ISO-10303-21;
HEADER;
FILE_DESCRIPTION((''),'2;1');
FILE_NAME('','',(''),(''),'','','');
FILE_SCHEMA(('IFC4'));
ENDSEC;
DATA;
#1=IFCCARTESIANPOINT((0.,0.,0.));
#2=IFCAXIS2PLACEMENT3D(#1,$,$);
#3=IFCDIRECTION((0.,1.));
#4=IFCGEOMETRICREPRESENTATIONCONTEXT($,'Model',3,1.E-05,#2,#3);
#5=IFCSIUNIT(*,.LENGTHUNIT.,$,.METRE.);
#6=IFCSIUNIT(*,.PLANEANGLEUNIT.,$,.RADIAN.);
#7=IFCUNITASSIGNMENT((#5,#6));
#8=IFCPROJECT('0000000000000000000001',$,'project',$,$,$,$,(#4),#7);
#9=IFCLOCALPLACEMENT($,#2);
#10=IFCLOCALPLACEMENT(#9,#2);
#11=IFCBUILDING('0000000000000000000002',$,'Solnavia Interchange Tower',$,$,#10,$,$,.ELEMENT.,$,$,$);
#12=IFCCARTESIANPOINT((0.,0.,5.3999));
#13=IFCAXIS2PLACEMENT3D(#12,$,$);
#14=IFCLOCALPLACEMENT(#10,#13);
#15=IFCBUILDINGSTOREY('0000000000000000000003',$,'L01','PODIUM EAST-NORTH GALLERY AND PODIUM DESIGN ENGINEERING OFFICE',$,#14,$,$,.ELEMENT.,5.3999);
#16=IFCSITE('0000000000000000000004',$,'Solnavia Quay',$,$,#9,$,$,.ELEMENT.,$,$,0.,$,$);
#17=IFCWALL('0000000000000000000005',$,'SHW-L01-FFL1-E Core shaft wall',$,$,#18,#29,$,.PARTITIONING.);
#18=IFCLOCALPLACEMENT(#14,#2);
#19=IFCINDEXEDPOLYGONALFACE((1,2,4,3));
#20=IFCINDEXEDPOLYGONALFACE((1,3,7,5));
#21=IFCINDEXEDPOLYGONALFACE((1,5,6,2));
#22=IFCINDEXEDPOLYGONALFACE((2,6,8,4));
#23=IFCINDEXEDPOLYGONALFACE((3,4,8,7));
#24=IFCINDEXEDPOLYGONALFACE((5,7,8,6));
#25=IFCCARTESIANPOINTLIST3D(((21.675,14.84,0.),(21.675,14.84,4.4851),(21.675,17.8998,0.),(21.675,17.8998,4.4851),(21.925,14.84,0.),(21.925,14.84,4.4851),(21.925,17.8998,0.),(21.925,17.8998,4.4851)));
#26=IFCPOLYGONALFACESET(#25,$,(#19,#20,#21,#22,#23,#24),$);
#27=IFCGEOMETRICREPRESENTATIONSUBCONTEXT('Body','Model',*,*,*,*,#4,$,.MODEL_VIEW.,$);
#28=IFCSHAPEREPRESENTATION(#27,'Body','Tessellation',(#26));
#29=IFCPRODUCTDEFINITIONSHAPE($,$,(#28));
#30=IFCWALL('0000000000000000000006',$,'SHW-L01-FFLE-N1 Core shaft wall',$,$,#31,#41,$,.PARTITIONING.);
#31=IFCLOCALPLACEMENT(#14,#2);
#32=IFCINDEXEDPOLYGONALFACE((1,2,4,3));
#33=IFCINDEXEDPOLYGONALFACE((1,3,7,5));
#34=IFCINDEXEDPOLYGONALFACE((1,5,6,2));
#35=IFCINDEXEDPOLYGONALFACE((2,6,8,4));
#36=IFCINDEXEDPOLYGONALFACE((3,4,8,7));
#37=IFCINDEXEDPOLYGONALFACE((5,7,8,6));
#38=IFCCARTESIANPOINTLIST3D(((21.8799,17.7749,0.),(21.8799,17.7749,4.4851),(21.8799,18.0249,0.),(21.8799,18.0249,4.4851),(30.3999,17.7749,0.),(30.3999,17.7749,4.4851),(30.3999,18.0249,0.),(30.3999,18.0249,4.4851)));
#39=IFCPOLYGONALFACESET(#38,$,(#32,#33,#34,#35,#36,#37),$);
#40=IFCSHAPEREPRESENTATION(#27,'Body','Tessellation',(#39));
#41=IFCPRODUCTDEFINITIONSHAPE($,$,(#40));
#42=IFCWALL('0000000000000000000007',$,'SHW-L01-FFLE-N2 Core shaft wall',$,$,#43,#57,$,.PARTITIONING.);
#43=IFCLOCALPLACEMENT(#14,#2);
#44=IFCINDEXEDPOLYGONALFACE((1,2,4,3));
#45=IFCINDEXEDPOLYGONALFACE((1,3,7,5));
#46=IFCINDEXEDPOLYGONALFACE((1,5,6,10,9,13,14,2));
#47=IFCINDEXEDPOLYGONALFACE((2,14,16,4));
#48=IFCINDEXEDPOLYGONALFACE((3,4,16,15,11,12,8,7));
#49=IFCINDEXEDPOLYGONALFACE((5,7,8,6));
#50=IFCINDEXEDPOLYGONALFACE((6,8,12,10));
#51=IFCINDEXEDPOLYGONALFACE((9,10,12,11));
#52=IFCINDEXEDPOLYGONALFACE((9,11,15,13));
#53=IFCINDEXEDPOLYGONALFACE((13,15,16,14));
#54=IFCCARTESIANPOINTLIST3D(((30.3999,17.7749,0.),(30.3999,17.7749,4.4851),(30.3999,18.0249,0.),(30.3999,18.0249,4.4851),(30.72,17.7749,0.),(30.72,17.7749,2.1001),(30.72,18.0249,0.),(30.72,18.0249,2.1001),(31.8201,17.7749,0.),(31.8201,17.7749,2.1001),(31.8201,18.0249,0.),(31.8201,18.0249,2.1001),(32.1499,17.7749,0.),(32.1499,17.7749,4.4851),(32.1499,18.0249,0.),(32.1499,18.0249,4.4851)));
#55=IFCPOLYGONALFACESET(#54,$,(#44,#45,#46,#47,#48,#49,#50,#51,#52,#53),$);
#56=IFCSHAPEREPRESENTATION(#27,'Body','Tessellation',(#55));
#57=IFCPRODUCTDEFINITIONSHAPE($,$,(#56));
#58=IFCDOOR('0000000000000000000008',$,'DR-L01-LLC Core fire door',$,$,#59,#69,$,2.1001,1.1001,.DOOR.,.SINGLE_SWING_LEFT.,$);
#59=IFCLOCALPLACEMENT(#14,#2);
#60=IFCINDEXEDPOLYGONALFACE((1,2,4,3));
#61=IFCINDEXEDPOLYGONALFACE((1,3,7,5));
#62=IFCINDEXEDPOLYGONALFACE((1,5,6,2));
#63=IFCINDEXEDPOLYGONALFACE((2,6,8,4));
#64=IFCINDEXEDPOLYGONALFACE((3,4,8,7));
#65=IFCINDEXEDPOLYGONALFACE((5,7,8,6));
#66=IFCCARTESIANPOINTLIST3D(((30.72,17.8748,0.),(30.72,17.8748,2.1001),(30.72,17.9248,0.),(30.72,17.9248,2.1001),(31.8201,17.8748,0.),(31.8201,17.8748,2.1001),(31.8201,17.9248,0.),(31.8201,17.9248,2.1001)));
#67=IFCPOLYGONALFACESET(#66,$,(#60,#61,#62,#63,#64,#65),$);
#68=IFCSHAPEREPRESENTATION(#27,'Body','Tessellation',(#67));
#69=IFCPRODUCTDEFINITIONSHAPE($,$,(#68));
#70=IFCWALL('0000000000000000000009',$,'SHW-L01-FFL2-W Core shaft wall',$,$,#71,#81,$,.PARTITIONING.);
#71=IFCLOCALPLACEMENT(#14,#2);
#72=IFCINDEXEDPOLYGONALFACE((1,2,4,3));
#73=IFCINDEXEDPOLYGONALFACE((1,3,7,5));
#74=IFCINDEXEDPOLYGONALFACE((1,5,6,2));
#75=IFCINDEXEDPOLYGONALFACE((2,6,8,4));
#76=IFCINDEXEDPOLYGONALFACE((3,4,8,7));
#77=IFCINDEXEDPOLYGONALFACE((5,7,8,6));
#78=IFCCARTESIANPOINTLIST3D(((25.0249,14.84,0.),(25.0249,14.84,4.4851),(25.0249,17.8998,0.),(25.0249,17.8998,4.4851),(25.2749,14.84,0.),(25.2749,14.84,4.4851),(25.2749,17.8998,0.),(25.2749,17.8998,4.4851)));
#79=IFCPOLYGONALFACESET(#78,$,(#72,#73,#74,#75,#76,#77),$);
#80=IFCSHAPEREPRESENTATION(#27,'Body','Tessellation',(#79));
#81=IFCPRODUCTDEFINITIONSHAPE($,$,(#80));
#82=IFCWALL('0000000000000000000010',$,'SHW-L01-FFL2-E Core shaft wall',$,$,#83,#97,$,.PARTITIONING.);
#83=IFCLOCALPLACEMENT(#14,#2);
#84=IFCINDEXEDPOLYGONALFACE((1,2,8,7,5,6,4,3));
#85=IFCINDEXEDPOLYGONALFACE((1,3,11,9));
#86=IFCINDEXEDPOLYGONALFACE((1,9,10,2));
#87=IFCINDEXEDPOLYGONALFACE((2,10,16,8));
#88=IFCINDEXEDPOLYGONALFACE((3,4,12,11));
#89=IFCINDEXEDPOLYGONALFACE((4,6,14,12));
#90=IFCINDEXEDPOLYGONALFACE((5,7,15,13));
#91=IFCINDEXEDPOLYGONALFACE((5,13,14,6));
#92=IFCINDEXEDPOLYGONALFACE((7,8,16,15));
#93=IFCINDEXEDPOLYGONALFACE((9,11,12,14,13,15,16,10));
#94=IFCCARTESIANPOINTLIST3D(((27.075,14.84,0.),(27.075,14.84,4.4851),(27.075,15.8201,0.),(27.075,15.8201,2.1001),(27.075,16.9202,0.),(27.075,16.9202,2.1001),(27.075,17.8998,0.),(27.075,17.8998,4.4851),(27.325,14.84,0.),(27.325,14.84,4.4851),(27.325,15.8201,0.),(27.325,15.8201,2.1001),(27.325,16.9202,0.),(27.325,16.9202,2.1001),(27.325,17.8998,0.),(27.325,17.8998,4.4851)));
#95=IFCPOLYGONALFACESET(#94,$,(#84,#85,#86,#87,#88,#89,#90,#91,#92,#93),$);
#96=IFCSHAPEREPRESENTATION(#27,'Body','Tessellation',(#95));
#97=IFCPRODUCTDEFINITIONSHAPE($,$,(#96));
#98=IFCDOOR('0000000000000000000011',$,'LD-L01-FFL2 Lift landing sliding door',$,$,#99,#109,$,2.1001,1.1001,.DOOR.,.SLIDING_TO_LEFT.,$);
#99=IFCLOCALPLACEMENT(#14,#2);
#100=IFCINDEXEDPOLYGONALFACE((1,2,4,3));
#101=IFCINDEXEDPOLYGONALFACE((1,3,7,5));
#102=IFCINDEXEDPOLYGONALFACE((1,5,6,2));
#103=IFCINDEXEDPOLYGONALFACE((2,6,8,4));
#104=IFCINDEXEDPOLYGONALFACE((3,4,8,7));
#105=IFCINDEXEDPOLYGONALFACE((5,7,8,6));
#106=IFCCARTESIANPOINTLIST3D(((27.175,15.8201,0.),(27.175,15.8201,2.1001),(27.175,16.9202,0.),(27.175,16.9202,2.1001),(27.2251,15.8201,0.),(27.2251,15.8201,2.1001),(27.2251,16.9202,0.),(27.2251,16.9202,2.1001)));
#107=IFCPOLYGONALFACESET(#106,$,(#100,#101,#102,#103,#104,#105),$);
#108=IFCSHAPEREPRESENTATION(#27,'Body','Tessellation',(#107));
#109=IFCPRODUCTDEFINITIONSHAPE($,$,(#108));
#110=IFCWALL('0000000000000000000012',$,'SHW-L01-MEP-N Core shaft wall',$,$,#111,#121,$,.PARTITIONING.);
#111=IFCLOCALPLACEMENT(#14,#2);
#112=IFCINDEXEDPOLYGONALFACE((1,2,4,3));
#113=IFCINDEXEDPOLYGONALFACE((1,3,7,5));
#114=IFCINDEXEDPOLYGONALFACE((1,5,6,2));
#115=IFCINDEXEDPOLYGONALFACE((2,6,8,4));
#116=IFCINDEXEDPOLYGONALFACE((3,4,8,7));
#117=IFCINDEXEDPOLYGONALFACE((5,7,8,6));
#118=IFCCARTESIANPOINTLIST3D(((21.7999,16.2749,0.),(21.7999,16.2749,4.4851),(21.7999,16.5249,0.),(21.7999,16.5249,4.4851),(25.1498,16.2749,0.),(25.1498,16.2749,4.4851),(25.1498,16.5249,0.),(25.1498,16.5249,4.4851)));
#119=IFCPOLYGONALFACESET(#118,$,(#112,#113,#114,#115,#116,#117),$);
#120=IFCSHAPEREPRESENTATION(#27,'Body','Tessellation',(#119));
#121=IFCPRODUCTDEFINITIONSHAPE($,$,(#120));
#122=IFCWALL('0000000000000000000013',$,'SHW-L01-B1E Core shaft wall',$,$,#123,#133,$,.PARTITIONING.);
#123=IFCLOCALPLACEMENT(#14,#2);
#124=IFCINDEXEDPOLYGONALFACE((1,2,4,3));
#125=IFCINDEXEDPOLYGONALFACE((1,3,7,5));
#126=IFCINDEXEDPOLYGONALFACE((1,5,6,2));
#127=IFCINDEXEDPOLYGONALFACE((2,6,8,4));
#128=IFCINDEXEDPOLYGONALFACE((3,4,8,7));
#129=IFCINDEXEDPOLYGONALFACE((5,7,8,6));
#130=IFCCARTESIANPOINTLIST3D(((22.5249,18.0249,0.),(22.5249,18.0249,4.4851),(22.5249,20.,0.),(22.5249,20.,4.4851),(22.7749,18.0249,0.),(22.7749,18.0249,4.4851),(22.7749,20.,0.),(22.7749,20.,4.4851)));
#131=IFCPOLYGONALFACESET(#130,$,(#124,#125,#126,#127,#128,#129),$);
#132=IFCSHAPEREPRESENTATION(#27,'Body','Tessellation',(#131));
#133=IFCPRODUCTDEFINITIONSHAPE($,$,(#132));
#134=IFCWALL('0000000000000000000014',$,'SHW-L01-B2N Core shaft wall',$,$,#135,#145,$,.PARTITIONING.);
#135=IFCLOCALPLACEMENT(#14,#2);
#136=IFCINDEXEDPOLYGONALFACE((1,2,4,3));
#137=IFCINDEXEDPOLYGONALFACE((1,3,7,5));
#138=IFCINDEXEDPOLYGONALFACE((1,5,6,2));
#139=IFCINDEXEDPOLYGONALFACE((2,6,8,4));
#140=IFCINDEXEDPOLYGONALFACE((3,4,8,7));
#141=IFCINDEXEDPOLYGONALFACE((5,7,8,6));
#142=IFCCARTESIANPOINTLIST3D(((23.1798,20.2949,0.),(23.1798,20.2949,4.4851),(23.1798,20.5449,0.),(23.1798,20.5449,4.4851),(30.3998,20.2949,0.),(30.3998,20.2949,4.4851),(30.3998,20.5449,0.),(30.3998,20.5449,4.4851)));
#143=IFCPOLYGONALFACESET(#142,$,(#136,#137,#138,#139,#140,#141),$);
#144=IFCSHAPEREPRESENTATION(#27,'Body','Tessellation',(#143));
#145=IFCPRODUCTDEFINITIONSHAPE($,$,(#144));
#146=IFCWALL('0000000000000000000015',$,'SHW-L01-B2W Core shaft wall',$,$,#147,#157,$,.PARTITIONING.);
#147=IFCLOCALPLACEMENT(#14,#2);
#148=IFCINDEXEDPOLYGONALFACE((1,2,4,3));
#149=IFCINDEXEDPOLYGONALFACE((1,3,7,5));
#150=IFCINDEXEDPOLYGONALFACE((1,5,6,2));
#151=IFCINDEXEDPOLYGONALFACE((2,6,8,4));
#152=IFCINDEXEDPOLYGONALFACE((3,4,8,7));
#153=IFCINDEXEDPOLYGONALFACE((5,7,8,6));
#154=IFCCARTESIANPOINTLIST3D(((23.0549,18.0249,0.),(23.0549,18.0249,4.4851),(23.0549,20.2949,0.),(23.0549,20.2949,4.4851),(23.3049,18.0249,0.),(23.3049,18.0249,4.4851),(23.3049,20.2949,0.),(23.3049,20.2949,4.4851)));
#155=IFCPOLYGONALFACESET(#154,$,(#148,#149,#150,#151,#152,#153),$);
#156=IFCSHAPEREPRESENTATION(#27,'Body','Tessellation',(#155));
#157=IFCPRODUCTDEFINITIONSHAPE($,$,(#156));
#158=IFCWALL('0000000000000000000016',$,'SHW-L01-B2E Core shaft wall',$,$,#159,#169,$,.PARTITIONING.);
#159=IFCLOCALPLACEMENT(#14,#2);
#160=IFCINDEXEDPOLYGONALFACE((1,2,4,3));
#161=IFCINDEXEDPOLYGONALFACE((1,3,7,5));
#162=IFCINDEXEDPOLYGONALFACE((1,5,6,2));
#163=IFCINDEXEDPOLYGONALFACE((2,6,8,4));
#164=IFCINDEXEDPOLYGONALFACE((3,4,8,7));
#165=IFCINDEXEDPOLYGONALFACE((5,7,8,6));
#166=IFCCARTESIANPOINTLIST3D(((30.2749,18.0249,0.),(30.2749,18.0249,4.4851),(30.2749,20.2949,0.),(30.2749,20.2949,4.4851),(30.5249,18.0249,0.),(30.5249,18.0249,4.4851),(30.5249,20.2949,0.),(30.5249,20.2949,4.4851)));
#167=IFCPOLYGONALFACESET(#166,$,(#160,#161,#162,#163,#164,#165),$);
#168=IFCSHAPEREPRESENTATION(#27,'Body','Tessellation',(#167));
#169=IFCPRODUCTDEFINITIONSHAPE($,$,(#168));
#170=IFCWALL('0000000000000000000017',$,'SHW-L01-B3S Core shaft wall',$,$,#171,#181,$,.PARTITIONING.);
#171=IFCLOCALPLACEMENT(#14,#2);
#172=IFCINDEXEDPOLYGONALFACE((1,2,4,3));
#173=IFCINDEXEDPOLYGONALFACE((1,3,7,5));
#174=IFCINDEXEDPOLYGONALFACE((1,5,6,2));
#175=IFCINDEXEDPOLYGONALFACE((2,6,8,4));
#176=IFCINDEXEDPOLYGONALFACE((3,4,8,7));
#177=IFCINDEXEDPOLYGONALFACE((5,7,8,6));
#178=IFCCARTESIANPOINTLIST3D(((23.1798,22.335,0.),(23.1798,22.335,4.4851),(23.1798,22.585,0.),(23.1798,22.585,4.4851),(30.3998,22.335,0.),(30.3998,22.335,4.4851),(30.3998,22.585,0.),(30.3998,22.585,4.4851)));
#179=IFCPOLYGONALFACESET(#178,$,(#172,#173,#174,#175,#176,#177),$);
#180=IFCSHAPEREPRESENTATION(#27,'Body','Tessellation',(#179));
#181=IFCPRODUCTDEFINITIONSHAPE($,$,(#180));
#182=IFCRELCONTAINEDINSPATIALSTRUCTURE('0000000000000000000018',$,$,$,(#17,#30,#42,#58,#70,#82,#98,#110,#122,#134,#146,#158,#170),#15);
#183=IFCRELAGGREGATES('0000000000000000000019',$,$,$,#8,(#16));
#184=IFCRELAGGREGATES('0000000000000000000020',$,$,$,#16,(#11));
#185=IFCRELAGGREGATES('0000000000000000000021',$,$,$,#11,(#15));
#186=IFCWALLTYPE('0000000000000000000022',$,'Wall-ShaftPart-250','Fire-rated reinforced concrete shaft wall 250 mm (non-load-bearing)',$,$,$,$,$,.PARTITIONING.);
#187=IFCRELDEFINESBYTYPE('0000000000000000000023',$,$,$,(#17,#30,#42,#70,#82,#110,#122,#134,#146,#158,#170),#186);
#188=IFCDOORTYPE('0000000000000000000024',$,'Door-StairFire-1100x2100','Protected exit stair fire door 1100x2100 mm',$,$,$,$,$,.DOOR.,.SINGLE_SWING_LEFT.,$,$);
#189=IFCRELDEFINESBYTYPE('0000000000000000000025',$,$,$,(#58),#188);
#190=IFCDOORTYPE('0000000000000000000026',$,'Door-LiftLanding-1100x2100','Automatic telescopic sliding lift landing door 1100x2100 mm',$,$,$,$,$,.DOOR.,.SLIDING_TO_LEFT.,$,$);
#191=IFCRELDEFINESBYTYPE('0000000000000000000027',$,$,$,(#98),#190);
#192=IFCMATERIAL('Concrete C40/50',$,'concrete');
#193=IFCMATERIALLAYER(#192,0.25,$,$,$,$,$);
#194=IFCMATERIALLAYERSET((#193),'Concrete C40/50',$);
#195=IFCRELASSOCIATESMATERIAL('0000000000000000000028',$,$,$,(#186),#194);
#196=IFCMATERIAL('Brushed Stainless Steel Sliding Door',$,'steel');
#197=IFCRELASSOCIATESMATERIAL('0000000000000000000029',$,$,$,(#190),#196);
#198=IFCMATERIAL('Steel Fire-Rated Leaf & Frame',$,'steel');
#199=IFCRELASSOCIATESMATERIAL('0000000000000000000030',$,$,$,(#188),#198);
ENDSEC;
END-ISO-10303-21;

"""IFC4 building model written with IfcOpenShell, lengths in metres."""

from ifc_helpers import new_model, si_unit, direction, frame, frame_2d, origin, place, context, subcontext, project, spatial, rectangle, extrude, material, layer, layer_set, type_object, element, fill, save


model = new_model("IFC4")

# Units and contexts
model_context = context("Model", 3, precision=1e-05, world=origin(), true_north=direction((0.0, 1.0)))
body_context = subcontext(model_context, "Body", "Model", "MODEL_VIEW")
ifc_project = project(units=[si_unit("LENGTHUNIT", "METRE"), si_unit("PLANEANGLEUNIT", "RADIAN")], contexts=[model_context])

# Site, building, storey
site_placement = place(None, origin())
site = spatial("IfcSite", under=ifc_project, at=site_placement, Name="Solnavia Quay", CompositionType="ELEMENT", RefElevation=0.0)
building_placement = place(site_placement, origin())
building = spatial("IfcBuilding", under=site, at=building_placement, Name="Solnavia Interchange Tower", CompositionType="ELEMENT")
storey_placement = place(building_placement, frame((0.0, 0.0, 5.3999)))
storey = spatial("IfcBuildingStorey", under=building, at=storey_placement, Name="L01", Description="PODIUM EAST-NORTH GALLERY AND PODIUM DESIGN ENGINEERING OFFICE", CompositionType="ELEMENT", Elevation=5.3999)

# Shared definitions
ifc_material_1 = material(Name="Concrete C40/50", Category="concrete")

# Shared definitions
ifc_layer_1 = layer(ifc_material_1, 0.25)
ifc_layer_set_1 = layer_set([ifc_layer_1], Name="Concrete C40/50")
wall_type_1 = type_object("IfcWallType", Name="Wall-ShaftPart-250", Description="Fire-rated reinforced concrete shaft wall 250 mm (non-load-bearing)", PredefinedType="PARTITIONING", material=ifc_layer_set_1)
ifc_material_2 = material(Name="Brushed Stainless Steel Sliding Door", Category="steel")
door_type_1 = type_object("IfcDoorType", Name="Door-LiftLanding-1100x2100", Description="Automatic telescopic sliding lift landing door 1100x2100 mm", OperationType="SLIDING_TO_LEFT", PredefinedType="DOOR", material=ifc_material_2)

# Walls
wall_1_placement = place(storey_placement, frame((21.8, 14.8401, 0.0), z_axis=(0.0, 0.0, 1.0), x_axis=(0.0, 1.0, 0.0)))
element("IfcWall", 1, at=wall_1_placement, inside=storey, type_object=wall_type_1, Name="SHW-L01-FFL1-E Core shaft wall", PredefinedType="PARTITIONING", context=body_context, shape_type="SweptSolid", body=[
    extrude(rectangle(XDim=3.0598, YDim=0.25, at=frame_2d((1.5298, 0.0))), origin(), (0.0, 0.0, 1.0), 4.4851),
])
wall_2_placement = place(storey_placement, frame((21.8799, 17.8999, 0.0), z_axis=(0.0, 0.0, 1.0), x_axis=(1.0, 0.0, 0.0)))
element("IfcWall", 2, at=wall_2_placement, inside=storey, type_object=wall_type_1, Name="SHW-L01-FFLE-N1 Core shaft wall", PredefinedType="PARTITIONING", context=body_context, shape_type="SweptSolid", body=[
    extrude(rectangle(XDim=8.52, YDim=0.25, at=frame_2d((4.26, 0.0))), origin(), (0.0, 0.0, 1.0), 4.4851),
])

# Wall, opening, door
wall_3_placement = place(storey_placement, frame((30.3999, 17.8999, 0.0), z_axis=(0.0, 0.0, 1.0), x_axis=(1.0, 0.0, 0.0)))
wall_3 = element("IfcWall", 3, at=wall_3_placement, inside=storey, type_object=wall_type_1, Name="SHW-L01-FFLE-N2 Core shaft wall", PredefinedType="PARTITIONING", context=body_context, shape_type="SweptSolid", body=[
    extrude(rectangle(XDim=1.75, YDim=0.25, at=frame_2d((0.875, 0.0))), origin(), (0.0, 0.0, 1.0), 4.4851),
])
opening_1_placement = place(wall_3_placement, frame((0.3201, 0.0, 0.0)))
opening_1 = element("IfcOpeningElement", 4, at=opening_1_placement, cuts=wall_3, PredefinedType="OPENING", context=body_context, shape_type="SweptSolid", body=[
    extrude(rectangle(XDim=1.1001, YDim=2.1001, at=frame_2d((0.55, 1.05))), frame((0.0, 0.135, 0.0), z_axis=(0.0, -1.0, 0.0), x_axis=(1.0, 0.0, 0.0)), (0.0, 0.0, 1.0), 0.27),
])
ifc_material_3 = material(Name="Steel Fire-Rated Leaf & Frame", Category="steel")
door_type_2 = type_object("IfcDoorType", Name="Door-StairFire-1100x2100", Description="Protected exit stair fire door 1100x2100 mm", OperationType="SINGLE_SWING_LEFT", PredefinedType="DOOR", material=ifc_material_3)
door_1_placement = place(opening_1_placement, origin())
door_1 = element("IfcDoor", 5, at=door_1_placement, inside=storey, type_object=door_type_2, Name="DR-L01-LLC Core fire door", OperationType="SINGLE_SWING_LEFT", OverallHeight=2.1001, OverallWidth=1.1001, PredefinedType="DOOR", context=body_context, shape_type="SweptSolid", body=[
    extrude(rectangle(XDim=1.1001, YDim=2.1001, at=frame_2d((0.55, 1.05))), frame((0.0, 0.0249, 0.0), z_axis=(0.0, -1.0, 0.0), x_axis=(1.0, 0.0, 0.0)), (0.0, 0.0, 1.0), 0.05),
])
fill(opening_1, door_1)

# Wall
wall_4_placement = place(storey_placement, frame((25.1499, 14.8401, 0.0), z_axis=(0.0, 0.0, 1.0), x_axis=(0.0, 1.0, 0.0)))
element("IfcWall", 6, at=wall_4_placement, inside=storey, type_object=wall_type_1, Name="SHW-L01-FFL2-W Core shaft wall", PredefinedType="PARTITIONING", context=body_context, shape_type="SweptSolid", body=[
    extrude(rectangle(XDim=3.0598, YDim=0.25, at=frame_2d((1.5298, 0.0))), origin(), (0.0, 0.0, 1.0), 4.4851),
])

# Wall, opening, door
wall_5_placement = place(storey_placement, frame((27.2, 14.8401, 0.0), z_axis=(0.0, 0.0, 1.0), x_axis=(0.0, 1.0, 0.0)))
wall_5 = element("IfcWall", 7, at=wall_5_placement, inside=storey, type_object=wall_type_1, Name="SHW-L01-FFL2-E Core shaft wall", PredefinedType="PARTITIONING", context=body_context, shape_type="SweptSolid", body=[
    extrude(rectangle(XDim=3.0598, YDim=0.25, at=frame_2d((1.5298, 0.0))), origin(), (0.0, 0.0, 1.0), 4.4851),
])
opening_2_placement = place(wall_5_placement, frame((0.98, 0.0, 0.0)))
opening_2 = element("IfcOpeningElement", 8, at=opening_2_placement, cuts=wall_5, PredefinedType="OPENING", context=body_context, shape_type="SweptSolid", body=[
    extrude(rectangle(XDim=1.1001, YDim=2.1001, at=frame_2d((0.55, 1.05))), frame((0.0, 0.135, 0.0), z_axis=(0.0, -1.0, 0.0), x_axis=(1.0, 0.0, 0.0)), (0.0, 0.0, 1.0), 0.27),
])
door_2_placement = place(opening_2_placement, origin())
door_2 = element("IfcDoor", 9, at=door_2_placement, inside=storey, type_object=door_type_1, Name="LD-L01-FFL2 Lift landing sliding door", OperationType="SLIDING_TO_LEFT", OverallHeight=2.1001, OverallWidth=1.1001, PredefinedType="DOOR", context=body_context, shape_type="SweptSolid", body=[
    extrude(rectangle(XDim=1.1001, YDim=2.1001, at=frame_2d((0.55, 1.05))), frame((0.0, 0.0249, 0.0), z_axis=(0.0, -1.0, 0.0), x_axis=(1.0, 0.0, 0.0)), (0.0, 0.0, 1.0), 0.05),
])
fill(opening_2, door_2)

# Walls
wall_6_placement = place(storey_placement, frame((21.8, 16.3999, 0.0), z_axis=(0.0, 0.0, 1.0), x_axis=(1.0, 0.0, 0.0)))
element("IfcWall", 10, at=wall_6_placement, inside=storey, type_object=wall_type_1, Name="SHW-L01-MEP-N Core shaft wall", PredefinedType="PARTITIONING", context=body_context, shape_type="SweptSolid", body=[
    extrude(rectangle(XDim=3.3499, YDim=0.25, at=frame_2d((1.6748, 0.0))), origin(), (0.0, 0.0, 1.0), 4.4851),
])
wall_7_placement = place(storey_placement, frame((22.6499, 18.0249, 0.0), z_axis=(0.0, 0.0, 1.0), x_axis=(0.0, 1.0, 0.0)))
element("IfcWall", 11, at=wall_7_placement, inside=storey, type_object=wall_type_1, Name="SHW-L01-B1E Core shaft wall", PredefinedType="PARTITIONING", context=body_context, shape_type="SweptSolid", body=[
    extrude(rectangle(XDim=1.9751, YDim=0.25, at=frame_2d((0.9875, 0.0))), origin(), (0.0, 0.0, 1.0), 4.4851),
])
wall_8_placement = place(storey_placement, frame((23.1799, 20.4199, 0.0), z_axis=(0.0, 0.0, 1.0), x_axis=(1.0, 0.0, 0.0)))
element("IfcWall", 12, at=wall_8_placement, inside=storey, type_object=wall_type_1, Name="SHW-L01-B2N Core shaft wall", PredefinedType="PARTITIONING", context=body_context, shape_type="SweptSolid", body=[
    extrude(rectangle(XDim=7.22, YDim=0.25, at=frame_2d((3.6099, 0.0))), origin(), (0.0, 0.0, 1.0), 4.4851),
])
for number, where, z_axis, x_axis, name in (
    (13, (23.1799, 18.0249, 0.0), (0.0, 0.0, 1.0), (0.0, 1.0, 0.0), "SHW-L01-B2W Core shaft wall"),
    (14, (30.3999, 18.0249, 0.0), (0.0, 0.0, 1.0), (0.0, 1.0, 0.0), "SHW-L01-B2E Core shaft wall"),
):
    element("IfcWall", number, at=place(storey_placement, frame(where, z_axis=z_axis, x_axis=x_axis)), inside=storey, type_object=wall_type_1, Name=name, PredefinedType="PARTITIONING", context=body_context, shape_type="SweptSolid", body=[
        extrude(rectangle(XDim=2.27, YDim=0.25, at=frame_2d((1.135, 0.0))), origin(), (0.0, 0.0, 1.0), 4.4851),
    ])
wall_9_placement = place(storey_placement, frame((23.1799, 22.46, 0.0), z_axis=(0.0, 0.0, 1.0), x_axis=(1.0, 0.0, 0.0)))
element("IfcWall", 15, at=wall_9_placement, inside=storey, type_object=wall_type_1, Name="SHW-L01-B3S Core shaft wall", PredefinedType="PARTITIONING", context=body_context, shape_type="SweptSolid", body=[
    extrude(rectangle(XDim=7.22, YDim=0.25, at=frame_2d((3.6099, 0.0))), origin(), (0.0, 0.0, 1.0), 4.4851),
])

save(model, "model.ifc")
